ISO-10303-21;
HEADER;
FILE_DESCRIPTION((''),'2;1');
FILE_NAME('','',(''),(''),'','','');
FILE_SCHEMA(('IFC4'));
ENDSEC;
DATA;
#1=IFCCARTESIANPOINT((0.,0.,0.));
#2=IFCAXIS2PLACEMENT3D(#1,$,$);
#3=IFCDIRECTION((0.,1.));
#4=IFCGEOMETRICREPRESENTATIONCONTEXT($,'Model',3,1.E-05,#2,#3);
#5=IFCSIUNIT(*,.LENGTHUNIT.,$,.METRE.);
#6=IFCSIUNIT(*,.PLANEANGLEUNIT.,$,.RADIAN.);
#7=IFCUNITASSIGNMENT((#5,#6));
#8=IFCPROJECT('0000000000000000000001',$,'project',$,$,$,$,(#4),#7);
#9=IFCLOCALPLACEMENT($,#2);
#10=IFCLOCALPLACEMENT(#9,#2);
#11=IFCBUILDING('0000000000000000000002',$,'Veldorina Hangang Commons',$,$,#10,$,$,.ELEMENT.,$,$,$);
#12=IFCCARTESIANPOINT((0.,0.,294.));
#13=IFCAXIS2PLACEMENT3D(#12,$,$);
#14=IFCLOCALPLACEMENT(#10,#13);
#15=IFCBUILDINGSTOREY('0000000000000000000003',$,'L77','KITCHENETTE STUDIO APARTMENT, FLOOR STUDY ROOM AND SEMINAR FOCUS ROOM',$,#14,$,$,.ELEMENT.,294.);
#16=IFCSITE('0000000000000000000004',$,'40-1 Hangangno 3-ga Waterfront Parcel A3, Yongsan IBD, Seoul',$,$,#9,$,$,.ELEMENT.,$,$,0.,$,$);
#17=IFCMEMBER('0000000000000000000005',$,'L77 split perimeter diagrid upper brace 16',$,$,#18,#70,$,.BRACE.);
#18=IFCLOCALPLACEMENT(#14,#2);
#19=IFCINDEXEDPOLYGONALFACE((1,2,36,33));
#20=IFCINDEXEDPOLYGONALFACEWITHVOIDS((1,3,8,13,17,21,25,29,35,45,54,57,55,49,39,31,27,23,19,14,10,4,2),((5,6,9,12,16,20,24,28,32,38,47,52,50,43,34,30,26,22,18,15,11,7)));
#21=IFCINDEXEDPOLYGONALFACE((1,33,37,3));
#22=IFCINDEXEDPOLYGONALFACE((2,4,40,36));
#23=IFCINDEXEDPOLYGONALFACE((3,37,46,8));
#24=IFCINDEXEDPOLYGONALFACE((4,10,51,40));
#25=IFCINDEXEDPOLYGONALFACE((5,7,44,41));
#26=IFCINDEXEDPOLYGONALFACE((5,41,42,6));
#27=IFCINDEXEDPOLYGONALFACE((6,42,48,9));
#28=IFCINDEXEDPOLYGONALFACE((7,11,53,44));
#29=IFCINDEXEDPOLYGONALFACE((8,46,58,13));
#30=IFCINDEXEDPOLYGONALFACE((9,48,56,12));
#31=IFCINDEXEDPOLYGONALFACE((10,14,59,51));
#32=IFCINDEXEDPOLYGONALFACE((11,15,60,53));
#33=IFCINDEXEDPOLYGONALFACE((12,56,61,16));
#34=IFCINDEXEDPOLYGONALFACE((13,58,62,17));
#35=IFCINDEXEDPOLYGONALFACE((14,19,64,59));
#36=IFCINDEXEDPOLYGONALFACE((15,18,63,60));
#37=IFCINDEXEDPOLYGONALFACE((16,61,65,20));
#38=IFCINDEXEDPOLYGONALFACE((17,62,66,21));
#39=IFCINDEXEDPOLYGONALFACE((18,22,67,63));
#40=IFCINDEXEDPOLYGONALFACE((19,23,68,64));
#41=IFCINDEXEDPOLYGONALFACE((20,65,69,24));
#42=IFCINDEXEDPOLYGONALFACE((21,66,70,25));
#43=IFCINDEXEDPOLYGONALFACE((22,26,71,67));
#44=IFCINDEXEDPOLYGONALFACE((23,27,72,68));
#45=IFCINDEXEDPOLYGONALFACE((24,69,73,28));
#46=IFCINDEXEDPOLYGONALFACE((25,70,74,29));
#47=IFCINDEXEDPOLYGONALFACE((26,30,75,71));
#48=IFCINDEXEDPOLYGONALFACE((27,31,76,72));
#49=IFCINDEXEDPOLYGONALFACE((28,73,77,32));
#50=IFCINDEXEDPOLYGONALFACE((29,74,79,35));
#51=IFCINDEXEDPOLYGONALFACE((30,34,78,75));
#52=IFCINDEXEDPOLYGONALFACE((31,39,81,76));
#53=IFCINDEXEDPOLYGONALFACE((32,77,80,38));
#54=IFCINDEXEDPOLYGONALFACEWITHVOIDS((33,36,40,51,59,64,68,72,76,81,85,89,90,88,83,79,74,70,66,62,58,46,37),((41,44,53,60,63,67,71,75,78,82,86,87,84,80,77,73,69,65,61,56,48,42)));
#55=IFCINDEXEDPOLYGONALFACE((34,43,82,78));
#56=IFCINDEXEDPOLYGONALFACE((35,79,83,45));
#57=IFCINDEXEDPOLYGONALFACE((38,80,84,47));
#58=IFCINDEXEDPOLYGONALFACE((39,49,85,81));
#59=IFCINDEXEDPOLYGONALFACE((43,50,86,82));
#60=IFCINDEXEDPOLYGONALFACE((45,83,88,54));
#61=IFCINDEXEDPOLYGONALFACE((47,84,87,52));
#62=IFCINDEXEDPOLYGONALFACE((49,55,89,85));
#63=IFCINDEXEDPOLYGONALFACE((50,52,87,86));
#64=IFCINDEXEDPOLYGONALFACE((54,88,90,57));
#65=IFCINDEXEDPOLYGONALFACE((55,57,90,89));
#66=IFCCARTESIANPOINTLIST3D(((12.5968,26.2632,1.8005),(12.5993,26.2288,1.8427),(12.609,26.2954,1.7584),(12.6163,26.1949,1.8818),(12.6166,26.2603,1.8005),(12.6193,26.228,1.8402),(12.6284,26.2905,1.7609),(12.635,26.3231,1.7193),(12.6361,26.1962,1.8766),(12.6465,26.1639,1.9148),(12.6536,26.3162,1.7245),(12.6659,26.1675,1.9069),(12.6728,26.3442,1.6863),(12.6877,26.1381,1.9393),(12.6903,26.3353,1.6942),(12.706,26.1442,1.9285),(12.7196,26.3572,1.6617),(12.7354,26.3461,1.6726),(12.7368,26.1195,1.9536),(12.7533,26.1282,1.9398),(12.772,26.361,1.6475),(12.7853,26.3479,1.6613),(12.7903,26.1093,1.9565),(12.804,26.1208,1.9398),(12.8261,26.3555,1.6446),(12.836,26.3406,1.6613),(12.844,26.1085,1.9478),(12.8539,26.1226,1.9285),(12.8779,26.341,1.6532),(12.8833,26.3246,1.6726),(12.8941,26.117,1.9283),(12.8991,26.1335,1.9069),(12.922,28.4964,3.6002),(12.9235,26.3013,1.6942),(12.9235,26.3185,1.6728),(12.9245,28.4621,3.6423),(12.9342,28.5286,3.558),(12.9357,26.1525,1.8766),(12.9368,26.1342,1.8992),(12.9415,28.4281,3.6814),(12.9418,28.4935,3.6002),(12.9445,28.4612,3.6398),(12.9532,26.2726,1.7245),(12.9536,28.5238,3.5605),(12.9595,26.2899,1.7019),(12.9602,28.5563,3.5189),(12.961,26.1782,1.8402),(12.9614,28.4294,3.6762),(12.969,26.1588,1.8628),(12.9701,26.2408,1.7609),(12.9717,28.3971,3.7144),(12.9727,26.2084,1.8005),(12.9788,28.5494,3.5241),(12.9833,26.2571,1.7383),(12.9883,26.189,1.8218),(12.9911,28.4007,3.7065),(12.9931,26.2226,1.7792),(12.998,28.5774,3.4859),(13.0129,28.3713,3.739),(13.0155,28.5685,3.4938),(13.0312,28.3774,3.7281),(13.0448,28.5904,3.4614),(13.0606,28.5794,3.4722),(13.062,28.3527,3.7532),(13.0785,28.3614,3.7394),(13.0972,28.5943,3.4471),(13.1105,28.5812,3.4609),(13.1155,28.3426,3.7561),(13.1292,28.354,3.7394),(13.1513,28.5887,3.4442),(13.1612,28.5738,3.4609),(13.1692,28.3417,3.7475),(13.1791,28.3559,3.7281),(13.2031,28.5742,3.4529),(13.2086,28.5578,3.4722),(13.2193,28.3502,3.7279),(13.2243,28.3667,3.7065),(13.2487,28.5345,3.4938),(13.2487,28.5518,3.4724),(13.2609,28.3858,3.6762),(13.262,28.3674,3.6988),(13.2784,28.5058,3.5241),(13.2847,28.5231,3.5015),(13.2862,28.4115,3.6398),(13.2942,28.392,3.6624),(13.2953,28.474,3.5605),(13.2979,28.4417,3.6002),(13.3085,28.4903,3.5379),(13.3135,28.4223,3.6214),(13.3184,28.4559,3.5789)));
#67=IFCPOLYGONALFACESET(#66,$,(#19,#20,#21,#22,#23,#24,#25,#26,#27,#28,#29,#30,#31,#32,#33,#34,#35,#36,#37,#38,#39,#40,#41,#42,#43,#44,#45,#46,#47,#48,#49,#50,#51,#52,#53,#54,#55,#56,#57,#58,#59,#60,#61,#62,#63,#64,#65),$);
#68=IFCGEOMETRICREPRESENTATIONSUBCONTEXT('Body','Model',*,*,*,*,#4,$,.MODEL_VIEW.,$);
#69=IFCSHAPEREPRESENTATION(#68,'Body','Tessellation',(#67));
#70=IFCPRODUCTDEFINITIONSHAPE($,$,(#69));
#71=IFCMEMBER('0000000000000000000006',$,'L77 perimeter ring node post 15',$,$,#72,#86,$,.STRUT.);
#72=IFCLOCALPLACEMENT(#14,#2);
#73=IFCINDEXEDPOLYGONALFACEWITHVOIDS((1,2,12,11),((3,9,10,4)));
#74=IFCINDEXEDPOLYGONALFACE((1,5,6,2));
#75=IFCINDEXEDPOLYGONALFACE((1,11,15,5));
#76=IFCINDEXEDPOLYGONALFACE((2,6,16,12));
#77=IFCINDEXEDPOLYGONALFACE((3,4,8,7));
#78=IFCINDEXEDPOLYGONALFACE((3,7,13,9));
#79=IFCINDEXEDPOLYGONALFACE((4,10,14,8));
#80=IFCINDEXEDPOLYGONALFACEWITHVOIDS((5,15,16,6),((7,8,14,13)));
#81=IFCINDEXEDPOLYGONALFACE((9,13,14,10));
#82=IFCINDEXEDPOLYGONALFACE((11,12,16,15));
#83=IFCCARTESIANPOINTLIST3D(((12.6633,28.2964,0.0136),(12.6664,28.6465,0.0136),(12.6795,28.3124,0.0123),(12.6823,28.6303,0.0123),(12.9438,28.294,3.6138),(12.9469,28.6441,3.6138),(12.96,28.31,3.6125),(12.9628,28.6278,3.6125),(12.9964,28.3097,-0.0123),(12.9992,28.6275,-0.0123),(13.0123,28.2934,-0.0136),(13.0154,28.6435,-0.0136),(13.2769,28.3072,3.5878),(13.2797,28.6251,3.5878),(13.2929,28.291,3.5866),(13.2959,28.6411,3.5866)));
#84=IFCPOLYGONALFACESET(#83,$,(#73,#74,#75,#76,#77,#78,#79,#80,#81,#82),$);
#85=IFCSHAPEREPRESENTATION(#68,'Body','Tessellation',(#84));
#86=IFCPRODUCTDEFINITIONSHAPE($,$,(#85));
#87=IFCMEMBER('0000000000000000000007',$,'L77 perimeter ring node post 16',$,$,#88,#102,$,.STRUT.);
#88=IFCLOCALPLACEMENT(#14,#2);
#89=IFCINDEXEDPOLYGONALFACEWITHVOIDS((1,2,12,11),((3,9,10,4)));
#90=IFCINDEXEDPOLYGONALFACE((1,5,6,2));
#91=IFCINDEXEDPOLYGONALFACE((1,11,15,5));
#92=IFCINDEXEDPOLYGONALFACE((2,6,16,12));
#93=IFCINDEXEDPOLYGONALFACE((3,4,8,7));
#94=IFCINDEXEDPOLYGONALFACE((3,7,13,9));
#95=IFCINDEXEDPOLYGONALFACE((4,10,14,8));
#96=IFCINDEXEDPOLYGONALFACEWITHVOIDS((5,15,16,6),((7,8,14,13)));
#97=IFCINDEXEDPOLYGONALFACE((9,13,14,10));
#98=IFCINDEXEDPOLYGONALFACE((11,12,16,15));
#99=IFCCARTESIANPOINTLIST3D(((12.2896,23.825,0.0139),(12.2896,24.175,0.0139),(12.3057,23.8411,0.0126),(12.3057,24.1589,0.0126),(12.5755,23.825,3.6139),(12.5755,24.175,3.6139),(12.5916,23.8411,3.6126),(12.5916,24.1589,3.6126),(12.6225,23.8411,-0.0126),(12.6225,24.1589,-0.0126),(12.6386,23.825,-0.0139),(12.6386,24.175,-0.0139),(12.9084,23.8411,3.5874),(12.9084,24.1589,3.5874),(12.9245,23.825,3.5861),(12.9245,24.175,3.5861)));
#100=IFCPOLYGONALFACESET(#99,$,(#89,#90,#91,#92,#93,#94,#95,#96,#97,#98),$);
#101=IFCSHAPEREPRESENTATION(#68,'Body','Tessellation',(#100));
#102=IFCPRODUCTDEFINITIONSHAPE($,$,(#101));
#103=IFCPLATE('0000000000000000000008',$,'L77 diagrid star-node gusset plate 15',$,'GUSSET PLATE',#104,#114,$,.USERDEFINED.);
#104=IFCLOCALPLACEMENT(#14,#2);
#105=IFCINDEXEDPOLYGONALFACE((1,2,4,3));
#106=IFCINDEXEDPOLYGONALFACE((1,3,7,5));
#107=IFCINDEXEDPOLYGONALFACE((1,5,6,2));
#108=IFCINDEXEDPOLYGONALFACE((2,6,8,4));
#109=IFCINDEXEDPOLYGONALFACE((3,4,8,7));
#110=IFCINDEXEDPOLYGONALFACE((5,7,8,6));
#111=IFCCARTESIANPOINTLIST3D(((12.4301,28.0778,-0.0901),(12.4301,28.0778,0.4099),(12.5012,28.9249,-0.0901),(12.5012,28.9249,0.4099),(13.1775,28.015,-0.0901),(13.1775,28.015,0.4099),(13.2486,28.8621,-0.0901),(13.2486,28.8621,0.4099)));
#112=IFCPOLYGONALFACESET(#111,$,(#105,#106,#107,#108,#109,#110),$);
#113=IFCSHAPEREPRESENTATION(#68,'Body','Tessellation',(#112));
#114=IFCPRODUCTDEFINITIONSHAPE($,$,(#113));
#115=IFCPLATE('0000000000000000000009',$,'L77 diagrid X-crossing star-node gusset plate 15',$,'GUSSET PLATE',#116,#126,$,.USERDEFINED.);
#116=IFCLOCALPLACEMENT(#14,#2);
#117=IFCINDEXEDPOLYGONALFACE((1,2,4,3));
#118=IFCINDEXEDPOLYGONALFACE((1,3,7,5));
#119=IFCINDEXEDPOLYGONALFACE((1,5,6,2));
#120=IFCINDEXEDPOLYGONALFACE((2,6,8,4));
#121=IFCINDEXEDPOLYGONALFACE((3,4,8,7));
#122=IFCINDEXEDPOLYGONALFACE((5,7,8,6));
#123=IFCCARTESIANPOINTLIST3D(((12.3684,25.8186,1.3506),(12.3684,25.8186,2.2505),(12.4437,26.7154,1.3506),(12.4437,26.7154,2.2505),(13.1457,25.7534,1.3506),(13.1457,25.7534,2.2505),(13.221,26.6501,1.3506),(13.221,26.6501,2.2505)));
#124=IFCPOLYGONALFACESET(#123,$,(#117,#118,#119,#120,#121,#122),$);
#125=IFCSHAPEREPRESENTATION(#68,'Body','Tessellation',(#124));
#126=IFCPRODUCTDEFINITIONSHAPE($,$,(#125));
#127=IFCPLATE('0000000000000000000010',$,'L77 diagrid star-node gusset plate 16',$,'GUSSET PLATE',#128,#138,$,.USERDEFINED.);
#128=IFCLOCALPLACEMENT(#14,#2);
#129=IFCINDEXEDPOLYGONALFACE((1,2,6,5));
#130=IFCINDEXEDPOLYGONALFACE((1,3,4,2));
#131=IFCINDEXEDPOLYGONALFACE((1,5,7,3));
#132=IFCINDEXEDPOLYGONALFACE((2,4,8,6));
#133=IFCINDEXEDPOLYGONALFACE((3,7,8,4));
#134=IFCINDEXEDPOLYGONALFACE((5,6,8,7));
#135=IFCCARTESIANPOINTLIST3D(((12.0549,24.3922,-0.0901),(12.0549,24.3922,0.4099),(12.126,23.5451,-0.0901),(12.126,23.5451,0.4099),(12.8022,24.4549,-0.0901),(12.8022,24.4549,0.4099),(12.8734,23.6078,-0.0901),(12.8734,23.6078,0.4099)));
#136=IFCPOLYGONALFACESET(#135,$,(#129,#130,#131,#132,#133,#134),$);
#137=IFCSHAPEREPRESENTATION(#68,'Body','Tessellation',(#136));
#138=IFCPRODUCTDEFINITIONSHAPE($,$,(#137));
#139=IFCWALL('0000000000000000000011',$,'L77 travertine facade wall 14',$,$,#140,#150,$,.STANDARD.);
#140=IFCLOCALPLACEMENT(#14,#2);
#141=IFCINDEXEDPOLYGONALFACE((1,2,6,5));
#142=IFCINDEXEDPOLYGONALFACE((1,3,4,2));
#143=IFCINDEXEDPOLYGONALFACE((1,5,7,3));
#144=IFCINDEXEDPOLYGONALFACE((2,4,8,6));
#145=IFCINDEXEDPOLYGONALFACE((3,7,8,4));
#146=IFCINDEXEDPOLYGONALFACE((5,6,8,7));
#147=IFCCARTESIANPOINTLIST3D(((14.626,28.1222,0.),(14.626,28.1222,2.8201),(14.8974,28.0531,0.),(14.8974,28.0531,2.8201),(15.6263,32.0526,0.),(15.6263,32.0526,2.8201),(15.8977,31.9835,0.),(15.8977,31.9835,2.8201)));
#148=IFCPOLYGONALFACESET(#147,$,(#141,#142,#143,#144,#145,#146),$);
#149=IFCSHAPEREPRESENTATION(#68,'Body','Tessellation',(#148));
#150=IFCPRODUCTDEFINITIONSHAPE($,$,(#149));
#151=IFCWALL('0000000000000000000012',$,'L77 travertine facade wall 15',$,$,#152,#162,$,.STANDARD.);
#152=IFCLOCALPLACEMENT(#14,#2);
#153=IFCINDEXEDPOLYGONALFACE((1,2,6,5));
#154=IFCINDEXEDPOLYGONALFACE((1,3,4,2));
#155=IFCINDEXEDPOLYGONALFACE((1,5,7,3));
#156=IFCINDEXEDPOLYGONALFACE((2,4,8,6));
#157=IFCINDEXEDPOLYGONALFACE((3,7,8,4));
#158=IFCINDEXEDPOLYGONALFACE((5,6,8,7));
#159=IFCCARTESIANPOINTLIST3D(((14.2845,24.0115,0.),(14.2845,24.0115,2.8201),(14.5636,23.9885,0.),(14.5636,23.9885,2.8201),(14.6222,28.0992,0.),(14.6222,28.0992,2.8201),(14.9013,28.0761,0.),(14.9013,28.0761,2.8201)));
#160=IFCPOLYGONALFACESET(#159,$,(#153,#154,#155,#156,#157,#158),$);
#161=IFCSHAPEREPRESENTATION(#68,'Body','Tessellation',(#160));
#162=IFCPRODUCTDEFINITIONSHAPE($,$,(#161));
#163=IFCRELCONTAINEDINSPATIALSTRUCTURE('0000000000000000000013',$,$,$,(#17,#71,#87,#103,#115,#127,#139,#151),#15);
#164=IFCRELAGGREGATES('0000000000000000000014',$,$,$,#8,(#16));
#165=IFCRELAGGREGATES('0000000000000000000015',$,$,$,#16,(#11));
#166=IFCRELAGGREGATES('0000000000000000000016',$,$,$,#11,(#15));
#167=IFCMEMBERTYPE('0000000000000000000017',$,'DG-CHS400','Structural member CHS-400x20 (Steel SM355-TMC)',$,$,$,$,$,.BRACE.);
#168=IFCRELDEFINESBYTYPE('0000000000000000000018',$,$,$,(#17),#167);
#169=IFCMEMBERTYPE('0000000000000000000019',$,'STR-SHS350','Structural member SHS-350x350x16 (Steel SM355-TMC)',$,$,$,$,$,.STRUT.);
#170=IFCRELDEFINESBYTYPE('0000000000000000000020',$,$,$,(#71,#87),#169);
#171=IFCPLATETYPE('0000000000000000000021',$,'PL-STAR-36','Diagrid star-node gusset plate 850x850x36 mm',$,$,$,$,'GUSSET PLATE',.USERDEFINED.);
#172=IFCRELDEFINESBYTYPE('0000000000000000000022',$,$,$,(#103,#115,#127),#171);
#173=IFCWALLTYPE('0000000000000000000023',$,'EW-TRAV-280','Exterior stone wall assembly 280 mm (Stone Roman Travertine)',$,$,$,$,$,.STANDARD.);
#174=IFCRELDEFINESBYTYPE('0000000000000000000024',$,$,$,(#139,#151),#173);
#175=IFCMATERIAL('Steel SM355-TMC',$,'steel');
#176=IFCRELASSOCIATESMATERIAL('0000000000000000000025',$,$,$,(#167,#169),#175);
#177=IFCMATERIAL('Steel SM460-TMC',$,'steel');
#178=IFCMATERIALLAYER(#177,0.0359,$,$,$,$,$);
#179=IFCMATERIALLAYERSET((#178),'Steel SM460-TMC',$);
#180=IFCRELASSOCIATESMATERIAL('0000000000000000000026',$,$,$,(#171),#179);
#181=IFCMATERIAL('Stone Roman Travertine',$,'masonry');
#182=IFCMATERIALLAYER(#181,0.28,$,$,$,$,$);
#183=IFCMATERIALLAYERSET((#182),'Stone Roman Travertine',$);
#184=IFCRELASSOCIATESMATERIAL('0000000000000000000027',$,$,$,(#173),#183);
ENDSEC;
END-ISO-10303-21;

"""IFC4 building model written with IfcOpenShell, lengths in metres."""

from ifc_helpers import new_model, si_unit, direction, frame, frame_2d, origin, origin_2d, place, context, subcontext, project, spatial, rectangle, hollow_rectangle, hollow_circle, extrude, material, layer, layer_set, material_profile, profile_set, type_object, element, save


model = new_model("IFC4")

# Units and contexts
model_context = context("Model", 3, precision=1e-05, world=origin(), true_north=direction((0.0, 1.0)))
body_context = subcontext(model_context, "Body", "Model", "MODEL_VIEW")
ifc_project = project(units=[si_unit("LENGTHUNIT", "METRE"), si_unit("PLANEANGLEUNIT", "RADIAN")], contexts=[model_context])

# Site, building, storey
site_placement = place(None, origin())
site = spatial("IfcSite", under=ifc_project, at=site_placement, Name="40-1 Hangangno 3-ga Waterfront Parcel A3, Yongsan IBD, Seoul", CompositionType="ELEMENT", RefElevation=0.0)
building_placement = place(site_placement, origin())
building = spatial("IfcBuilding", under=site, at=building_placement, Name="Veldorina Hangang Commons", CompositionType="ELEMENT")
storey_placement = place(building_placement, frame((0.0, 0.0, 294.0)))
storey = spatial("IfcBuildingStorey", under=building, at=storey_placement, Name="L77", Description="KITCHENETTE STUDIO APARTMENT, FLOOR STUDY ROOM AND SEMINAR FOCUS ROOM", CompositionType="ELEMENT", Elevation=294.0)

# Shared definitions
ifc_material_1 = material(Name="Steel SM460-TMC", Category="steel")
ifc_material_2 = material(Name="Steel SM355-TMC", Category="steel")

# Members
ifc_material_profile_1 = material_profile(ifc_material_2, hollow_circle(Radius=0.2, WallThickness=0.02, at=origin_2d()), Name="CHS-400x20")
ifc_profile_set_1 = profile_set([ifc_material_profile_1], Name="Steel SM355-TMC")
member_type_1 = type_object("IfcMemberType", Name="DG-CHS400", Description="Structural member CHS-400x20 (Steel SM355-TMC)", PredefinedType="BRACE", material=ifc_profile_set_1)
member_1_placement = place(storey_placement, frame((12.7947, 26.2344, 1.8005), z_axis=(0.112666, 0.773689, 0.623468), x_axis=(-0.989563, 0.144102, 0.0)))
element("IfcMember", 1, at=member_1_placement, inside=storey, type_object=member_type_1, Name="L77 split perimeter diagrid upper brace 16", PredefinedType="BRACE", context=body_context, shape_type="SweptSolid", body=[
    extrude(hollow_circle(Radius=0.2, WallThickness=0.02, at=origin_2d()), origin(), (0.0, 0.0, 1.0), 2.8865),
])
ifc_material_profile_2 = material_profile(ifc_material_2, hollow_rectangle(XDim=0.3501, YDim=0.3501, WallThickness=0.0161, at=origin_2d()), Name="SHS-350x350x16")
ifc_profile_set_2 = profile_set([ifc_material_profile_2], Name="Steel SM355-TMC")
member_type_2 = type_object("IfcMemberType", Name="STR-SHS350", Description="Structural member SHS-350x350x16 (Steel SM355-TMC)", PredefinedType="STRUT", material=ifc_profile_set_2)
member_2_placement = place(storey_placement, frame((12.8394, 28.47, 0.0), z_axis=(0.077684, -0.000676, 0.996978), x_axis=(0.008703, 0.999962, 0.0)))
element("IfcMember", 2, at=member_2_placement, inside=storey, type_object=member_type_2, Name="L77 perimeter ring node post 15", PredefinedType="STRUT", context=body_context, shape_type="SweptSolid", body=[
    extrude(hollow_rectangle(XDim=0.3501, YDim=0.3501, WallThickness=0.0161, at=origin_2d()), origin(), (0.0, 0.0, 1.0), 3.6111),
])
member_3_placement = place(storey_placement, frame((12.4641, 24.0, 0.0), z_axis=(0.079162, 0.0, 0.996862), x_axis=(0.0, 1.0, 0.0)))
element("IfcMember", 3, at=member_3_placement, inside=storey, type_object=member_type_2, Name="L77 perimeter ring node post 16", PredefinedType="STRUT", context=body_context, shape_type="SweptSolid", body=[
    extrude(hollow_rectangle(XDim=0.3501, YDim=0.3501, WallThickness=0.0161, at=origin_2d()), origin(), (0.0, 0.0, 1.0), 3.6113),
])

# Plates
ifc_layer_1 = layer(ifc_material_1, 0.0359)
ifc_layer_set_1 = layer_set([ifc_layer_1], Name="Steel SM460-TMC")
plate_type = type_object("IfcPlateType", Name="PL-STAR-36", Description="Diagrid star-node gusset plate 850x850x36 mm", ElementType="GUSSET PLATE", PredefinedType="USERDEFINED", material=ifc_layer_set_1)
plate_1_placement = place(storey_placement, frame((12.8394, 28.47, -0.0901), z_axis=(0.0, 0.0, 1.0), x_axis=(-0.083695, -0.996491, 0.0)))
element("IfcPlate", 4, at=plate_1_placement, inside=storey, type_object=plate_type, Name="L77 diagrid star-node gusset plate 15", ObjectType="GUSSET PLATE", PredefinedType="USERDEFINED", context=body_context, shape_type="SweptSolid", body=[
    extrude(rectangle(XDim=0.8501, YDim=0.75, at=origin_2d()), origin(), (0.0, 0.0, 1.0), 0.5),
])
plate_2_placement = place(storey_placement, frame((12.7947, 26.2344, 1.3506), z_axis=(0.0, 0.0, 1.0), x_axis=(-0.083695, -0.996491, 0.0)))
element("IfcPlate", 5, at=plate_2_placement, inside=storey, type_object=plate_type, Name="L77 diagrid X-crossing star-node gusset plate 15", ObjectType="GUSSET PLATE", PredefinedType="USERDEFINED", context=body_context, shape_type="SweptSolid", body=[
    extrude(rectangle(XDim=0.8999, YDim=0.78, at=origin_2d()), origin(), (0.0, 0.0, 1.0), 0.8999),
])
plate_3_placement = place(storey_placement, frame((12.4641, 24.0, -0.0901), z_axis=(0.0, 0.0, 1.0), x_axis=(0.083695, -0.996491, 0.0)))
element("IfcPlate", 6, at=plate_3_placement, inside=storey, type_object=plate_type, Name="L77 diagrid star-node gusset plate 16", ObjectType="GUSSET PLATE", PredefinedType="USERDEFINED", context=body_context, shape_type="SweptSolid", body=[
    extrude(rectangle(XDim=0.8501, YDim=0.75, at=origin_2d()), origin(), (0.0, 0.0, 1.0), 0.5),
])

# Walls
ifc_material_3 = material(Name="Stone Roman Travertine", Category="masonry")
ifc_layer_2 = layer(ifc_material_3, 0.28)
ifc_layer_set_2 = layer_set([ifc_layer_2], Name="Stone Roman Travertine")
wall_type_1 = type_object("IfcWallType", Name="EW-TRAV-280", Description="Exterior stone wall assembly 280 mm (Stone Roman Travertine)", PredefinedType="STANDARD", material=ifc_layer_set_2)
wall_1_placement = place(storey_placement, frame((15.762, 32.0181, 0.0), z_axis=(0.0, 0.0, 1.0), x_axis=(-0.246627, -0.969111, 0.0)))
element("IfcWall", 7, at=wall_1_placement, inside=storey, type_object=wall_type_1, Name="L77 travertine facade wall 14", PredefinedType="STANDARD", context=body_context, shape_type="SweptSolid", body=[
    extrude(rectangle(XDim=4.0557, YDim=0.28, at=frame_2d((2.0278, 0.0))), origin(), (0.0, 0.0, 1.0), 2.8201),
])
wall_2_placement = place(storey_placement, frame((14.7617, 28.0876, 0.0), z_axis=(0.0, 0.0, 1.0), x_axis=(-0.082321, -0.996606, 0.0)))
element("IfcWall", 8, at=wall_2_placement, inside=storey, type_object=wall_type_1, Name="L77 travertine facade wall 15", PredefinedType="STANDARD", context=body_context, shape_type="SweptSolid", body=[
    extrude(rectangle(XDim=4.1016, YDim=0.28, at=frame_2d((2.0508, 0.0))), origin(), (0.0, 0.0, 1.0), 2.8201),
])

save(model, "model.ifc")
